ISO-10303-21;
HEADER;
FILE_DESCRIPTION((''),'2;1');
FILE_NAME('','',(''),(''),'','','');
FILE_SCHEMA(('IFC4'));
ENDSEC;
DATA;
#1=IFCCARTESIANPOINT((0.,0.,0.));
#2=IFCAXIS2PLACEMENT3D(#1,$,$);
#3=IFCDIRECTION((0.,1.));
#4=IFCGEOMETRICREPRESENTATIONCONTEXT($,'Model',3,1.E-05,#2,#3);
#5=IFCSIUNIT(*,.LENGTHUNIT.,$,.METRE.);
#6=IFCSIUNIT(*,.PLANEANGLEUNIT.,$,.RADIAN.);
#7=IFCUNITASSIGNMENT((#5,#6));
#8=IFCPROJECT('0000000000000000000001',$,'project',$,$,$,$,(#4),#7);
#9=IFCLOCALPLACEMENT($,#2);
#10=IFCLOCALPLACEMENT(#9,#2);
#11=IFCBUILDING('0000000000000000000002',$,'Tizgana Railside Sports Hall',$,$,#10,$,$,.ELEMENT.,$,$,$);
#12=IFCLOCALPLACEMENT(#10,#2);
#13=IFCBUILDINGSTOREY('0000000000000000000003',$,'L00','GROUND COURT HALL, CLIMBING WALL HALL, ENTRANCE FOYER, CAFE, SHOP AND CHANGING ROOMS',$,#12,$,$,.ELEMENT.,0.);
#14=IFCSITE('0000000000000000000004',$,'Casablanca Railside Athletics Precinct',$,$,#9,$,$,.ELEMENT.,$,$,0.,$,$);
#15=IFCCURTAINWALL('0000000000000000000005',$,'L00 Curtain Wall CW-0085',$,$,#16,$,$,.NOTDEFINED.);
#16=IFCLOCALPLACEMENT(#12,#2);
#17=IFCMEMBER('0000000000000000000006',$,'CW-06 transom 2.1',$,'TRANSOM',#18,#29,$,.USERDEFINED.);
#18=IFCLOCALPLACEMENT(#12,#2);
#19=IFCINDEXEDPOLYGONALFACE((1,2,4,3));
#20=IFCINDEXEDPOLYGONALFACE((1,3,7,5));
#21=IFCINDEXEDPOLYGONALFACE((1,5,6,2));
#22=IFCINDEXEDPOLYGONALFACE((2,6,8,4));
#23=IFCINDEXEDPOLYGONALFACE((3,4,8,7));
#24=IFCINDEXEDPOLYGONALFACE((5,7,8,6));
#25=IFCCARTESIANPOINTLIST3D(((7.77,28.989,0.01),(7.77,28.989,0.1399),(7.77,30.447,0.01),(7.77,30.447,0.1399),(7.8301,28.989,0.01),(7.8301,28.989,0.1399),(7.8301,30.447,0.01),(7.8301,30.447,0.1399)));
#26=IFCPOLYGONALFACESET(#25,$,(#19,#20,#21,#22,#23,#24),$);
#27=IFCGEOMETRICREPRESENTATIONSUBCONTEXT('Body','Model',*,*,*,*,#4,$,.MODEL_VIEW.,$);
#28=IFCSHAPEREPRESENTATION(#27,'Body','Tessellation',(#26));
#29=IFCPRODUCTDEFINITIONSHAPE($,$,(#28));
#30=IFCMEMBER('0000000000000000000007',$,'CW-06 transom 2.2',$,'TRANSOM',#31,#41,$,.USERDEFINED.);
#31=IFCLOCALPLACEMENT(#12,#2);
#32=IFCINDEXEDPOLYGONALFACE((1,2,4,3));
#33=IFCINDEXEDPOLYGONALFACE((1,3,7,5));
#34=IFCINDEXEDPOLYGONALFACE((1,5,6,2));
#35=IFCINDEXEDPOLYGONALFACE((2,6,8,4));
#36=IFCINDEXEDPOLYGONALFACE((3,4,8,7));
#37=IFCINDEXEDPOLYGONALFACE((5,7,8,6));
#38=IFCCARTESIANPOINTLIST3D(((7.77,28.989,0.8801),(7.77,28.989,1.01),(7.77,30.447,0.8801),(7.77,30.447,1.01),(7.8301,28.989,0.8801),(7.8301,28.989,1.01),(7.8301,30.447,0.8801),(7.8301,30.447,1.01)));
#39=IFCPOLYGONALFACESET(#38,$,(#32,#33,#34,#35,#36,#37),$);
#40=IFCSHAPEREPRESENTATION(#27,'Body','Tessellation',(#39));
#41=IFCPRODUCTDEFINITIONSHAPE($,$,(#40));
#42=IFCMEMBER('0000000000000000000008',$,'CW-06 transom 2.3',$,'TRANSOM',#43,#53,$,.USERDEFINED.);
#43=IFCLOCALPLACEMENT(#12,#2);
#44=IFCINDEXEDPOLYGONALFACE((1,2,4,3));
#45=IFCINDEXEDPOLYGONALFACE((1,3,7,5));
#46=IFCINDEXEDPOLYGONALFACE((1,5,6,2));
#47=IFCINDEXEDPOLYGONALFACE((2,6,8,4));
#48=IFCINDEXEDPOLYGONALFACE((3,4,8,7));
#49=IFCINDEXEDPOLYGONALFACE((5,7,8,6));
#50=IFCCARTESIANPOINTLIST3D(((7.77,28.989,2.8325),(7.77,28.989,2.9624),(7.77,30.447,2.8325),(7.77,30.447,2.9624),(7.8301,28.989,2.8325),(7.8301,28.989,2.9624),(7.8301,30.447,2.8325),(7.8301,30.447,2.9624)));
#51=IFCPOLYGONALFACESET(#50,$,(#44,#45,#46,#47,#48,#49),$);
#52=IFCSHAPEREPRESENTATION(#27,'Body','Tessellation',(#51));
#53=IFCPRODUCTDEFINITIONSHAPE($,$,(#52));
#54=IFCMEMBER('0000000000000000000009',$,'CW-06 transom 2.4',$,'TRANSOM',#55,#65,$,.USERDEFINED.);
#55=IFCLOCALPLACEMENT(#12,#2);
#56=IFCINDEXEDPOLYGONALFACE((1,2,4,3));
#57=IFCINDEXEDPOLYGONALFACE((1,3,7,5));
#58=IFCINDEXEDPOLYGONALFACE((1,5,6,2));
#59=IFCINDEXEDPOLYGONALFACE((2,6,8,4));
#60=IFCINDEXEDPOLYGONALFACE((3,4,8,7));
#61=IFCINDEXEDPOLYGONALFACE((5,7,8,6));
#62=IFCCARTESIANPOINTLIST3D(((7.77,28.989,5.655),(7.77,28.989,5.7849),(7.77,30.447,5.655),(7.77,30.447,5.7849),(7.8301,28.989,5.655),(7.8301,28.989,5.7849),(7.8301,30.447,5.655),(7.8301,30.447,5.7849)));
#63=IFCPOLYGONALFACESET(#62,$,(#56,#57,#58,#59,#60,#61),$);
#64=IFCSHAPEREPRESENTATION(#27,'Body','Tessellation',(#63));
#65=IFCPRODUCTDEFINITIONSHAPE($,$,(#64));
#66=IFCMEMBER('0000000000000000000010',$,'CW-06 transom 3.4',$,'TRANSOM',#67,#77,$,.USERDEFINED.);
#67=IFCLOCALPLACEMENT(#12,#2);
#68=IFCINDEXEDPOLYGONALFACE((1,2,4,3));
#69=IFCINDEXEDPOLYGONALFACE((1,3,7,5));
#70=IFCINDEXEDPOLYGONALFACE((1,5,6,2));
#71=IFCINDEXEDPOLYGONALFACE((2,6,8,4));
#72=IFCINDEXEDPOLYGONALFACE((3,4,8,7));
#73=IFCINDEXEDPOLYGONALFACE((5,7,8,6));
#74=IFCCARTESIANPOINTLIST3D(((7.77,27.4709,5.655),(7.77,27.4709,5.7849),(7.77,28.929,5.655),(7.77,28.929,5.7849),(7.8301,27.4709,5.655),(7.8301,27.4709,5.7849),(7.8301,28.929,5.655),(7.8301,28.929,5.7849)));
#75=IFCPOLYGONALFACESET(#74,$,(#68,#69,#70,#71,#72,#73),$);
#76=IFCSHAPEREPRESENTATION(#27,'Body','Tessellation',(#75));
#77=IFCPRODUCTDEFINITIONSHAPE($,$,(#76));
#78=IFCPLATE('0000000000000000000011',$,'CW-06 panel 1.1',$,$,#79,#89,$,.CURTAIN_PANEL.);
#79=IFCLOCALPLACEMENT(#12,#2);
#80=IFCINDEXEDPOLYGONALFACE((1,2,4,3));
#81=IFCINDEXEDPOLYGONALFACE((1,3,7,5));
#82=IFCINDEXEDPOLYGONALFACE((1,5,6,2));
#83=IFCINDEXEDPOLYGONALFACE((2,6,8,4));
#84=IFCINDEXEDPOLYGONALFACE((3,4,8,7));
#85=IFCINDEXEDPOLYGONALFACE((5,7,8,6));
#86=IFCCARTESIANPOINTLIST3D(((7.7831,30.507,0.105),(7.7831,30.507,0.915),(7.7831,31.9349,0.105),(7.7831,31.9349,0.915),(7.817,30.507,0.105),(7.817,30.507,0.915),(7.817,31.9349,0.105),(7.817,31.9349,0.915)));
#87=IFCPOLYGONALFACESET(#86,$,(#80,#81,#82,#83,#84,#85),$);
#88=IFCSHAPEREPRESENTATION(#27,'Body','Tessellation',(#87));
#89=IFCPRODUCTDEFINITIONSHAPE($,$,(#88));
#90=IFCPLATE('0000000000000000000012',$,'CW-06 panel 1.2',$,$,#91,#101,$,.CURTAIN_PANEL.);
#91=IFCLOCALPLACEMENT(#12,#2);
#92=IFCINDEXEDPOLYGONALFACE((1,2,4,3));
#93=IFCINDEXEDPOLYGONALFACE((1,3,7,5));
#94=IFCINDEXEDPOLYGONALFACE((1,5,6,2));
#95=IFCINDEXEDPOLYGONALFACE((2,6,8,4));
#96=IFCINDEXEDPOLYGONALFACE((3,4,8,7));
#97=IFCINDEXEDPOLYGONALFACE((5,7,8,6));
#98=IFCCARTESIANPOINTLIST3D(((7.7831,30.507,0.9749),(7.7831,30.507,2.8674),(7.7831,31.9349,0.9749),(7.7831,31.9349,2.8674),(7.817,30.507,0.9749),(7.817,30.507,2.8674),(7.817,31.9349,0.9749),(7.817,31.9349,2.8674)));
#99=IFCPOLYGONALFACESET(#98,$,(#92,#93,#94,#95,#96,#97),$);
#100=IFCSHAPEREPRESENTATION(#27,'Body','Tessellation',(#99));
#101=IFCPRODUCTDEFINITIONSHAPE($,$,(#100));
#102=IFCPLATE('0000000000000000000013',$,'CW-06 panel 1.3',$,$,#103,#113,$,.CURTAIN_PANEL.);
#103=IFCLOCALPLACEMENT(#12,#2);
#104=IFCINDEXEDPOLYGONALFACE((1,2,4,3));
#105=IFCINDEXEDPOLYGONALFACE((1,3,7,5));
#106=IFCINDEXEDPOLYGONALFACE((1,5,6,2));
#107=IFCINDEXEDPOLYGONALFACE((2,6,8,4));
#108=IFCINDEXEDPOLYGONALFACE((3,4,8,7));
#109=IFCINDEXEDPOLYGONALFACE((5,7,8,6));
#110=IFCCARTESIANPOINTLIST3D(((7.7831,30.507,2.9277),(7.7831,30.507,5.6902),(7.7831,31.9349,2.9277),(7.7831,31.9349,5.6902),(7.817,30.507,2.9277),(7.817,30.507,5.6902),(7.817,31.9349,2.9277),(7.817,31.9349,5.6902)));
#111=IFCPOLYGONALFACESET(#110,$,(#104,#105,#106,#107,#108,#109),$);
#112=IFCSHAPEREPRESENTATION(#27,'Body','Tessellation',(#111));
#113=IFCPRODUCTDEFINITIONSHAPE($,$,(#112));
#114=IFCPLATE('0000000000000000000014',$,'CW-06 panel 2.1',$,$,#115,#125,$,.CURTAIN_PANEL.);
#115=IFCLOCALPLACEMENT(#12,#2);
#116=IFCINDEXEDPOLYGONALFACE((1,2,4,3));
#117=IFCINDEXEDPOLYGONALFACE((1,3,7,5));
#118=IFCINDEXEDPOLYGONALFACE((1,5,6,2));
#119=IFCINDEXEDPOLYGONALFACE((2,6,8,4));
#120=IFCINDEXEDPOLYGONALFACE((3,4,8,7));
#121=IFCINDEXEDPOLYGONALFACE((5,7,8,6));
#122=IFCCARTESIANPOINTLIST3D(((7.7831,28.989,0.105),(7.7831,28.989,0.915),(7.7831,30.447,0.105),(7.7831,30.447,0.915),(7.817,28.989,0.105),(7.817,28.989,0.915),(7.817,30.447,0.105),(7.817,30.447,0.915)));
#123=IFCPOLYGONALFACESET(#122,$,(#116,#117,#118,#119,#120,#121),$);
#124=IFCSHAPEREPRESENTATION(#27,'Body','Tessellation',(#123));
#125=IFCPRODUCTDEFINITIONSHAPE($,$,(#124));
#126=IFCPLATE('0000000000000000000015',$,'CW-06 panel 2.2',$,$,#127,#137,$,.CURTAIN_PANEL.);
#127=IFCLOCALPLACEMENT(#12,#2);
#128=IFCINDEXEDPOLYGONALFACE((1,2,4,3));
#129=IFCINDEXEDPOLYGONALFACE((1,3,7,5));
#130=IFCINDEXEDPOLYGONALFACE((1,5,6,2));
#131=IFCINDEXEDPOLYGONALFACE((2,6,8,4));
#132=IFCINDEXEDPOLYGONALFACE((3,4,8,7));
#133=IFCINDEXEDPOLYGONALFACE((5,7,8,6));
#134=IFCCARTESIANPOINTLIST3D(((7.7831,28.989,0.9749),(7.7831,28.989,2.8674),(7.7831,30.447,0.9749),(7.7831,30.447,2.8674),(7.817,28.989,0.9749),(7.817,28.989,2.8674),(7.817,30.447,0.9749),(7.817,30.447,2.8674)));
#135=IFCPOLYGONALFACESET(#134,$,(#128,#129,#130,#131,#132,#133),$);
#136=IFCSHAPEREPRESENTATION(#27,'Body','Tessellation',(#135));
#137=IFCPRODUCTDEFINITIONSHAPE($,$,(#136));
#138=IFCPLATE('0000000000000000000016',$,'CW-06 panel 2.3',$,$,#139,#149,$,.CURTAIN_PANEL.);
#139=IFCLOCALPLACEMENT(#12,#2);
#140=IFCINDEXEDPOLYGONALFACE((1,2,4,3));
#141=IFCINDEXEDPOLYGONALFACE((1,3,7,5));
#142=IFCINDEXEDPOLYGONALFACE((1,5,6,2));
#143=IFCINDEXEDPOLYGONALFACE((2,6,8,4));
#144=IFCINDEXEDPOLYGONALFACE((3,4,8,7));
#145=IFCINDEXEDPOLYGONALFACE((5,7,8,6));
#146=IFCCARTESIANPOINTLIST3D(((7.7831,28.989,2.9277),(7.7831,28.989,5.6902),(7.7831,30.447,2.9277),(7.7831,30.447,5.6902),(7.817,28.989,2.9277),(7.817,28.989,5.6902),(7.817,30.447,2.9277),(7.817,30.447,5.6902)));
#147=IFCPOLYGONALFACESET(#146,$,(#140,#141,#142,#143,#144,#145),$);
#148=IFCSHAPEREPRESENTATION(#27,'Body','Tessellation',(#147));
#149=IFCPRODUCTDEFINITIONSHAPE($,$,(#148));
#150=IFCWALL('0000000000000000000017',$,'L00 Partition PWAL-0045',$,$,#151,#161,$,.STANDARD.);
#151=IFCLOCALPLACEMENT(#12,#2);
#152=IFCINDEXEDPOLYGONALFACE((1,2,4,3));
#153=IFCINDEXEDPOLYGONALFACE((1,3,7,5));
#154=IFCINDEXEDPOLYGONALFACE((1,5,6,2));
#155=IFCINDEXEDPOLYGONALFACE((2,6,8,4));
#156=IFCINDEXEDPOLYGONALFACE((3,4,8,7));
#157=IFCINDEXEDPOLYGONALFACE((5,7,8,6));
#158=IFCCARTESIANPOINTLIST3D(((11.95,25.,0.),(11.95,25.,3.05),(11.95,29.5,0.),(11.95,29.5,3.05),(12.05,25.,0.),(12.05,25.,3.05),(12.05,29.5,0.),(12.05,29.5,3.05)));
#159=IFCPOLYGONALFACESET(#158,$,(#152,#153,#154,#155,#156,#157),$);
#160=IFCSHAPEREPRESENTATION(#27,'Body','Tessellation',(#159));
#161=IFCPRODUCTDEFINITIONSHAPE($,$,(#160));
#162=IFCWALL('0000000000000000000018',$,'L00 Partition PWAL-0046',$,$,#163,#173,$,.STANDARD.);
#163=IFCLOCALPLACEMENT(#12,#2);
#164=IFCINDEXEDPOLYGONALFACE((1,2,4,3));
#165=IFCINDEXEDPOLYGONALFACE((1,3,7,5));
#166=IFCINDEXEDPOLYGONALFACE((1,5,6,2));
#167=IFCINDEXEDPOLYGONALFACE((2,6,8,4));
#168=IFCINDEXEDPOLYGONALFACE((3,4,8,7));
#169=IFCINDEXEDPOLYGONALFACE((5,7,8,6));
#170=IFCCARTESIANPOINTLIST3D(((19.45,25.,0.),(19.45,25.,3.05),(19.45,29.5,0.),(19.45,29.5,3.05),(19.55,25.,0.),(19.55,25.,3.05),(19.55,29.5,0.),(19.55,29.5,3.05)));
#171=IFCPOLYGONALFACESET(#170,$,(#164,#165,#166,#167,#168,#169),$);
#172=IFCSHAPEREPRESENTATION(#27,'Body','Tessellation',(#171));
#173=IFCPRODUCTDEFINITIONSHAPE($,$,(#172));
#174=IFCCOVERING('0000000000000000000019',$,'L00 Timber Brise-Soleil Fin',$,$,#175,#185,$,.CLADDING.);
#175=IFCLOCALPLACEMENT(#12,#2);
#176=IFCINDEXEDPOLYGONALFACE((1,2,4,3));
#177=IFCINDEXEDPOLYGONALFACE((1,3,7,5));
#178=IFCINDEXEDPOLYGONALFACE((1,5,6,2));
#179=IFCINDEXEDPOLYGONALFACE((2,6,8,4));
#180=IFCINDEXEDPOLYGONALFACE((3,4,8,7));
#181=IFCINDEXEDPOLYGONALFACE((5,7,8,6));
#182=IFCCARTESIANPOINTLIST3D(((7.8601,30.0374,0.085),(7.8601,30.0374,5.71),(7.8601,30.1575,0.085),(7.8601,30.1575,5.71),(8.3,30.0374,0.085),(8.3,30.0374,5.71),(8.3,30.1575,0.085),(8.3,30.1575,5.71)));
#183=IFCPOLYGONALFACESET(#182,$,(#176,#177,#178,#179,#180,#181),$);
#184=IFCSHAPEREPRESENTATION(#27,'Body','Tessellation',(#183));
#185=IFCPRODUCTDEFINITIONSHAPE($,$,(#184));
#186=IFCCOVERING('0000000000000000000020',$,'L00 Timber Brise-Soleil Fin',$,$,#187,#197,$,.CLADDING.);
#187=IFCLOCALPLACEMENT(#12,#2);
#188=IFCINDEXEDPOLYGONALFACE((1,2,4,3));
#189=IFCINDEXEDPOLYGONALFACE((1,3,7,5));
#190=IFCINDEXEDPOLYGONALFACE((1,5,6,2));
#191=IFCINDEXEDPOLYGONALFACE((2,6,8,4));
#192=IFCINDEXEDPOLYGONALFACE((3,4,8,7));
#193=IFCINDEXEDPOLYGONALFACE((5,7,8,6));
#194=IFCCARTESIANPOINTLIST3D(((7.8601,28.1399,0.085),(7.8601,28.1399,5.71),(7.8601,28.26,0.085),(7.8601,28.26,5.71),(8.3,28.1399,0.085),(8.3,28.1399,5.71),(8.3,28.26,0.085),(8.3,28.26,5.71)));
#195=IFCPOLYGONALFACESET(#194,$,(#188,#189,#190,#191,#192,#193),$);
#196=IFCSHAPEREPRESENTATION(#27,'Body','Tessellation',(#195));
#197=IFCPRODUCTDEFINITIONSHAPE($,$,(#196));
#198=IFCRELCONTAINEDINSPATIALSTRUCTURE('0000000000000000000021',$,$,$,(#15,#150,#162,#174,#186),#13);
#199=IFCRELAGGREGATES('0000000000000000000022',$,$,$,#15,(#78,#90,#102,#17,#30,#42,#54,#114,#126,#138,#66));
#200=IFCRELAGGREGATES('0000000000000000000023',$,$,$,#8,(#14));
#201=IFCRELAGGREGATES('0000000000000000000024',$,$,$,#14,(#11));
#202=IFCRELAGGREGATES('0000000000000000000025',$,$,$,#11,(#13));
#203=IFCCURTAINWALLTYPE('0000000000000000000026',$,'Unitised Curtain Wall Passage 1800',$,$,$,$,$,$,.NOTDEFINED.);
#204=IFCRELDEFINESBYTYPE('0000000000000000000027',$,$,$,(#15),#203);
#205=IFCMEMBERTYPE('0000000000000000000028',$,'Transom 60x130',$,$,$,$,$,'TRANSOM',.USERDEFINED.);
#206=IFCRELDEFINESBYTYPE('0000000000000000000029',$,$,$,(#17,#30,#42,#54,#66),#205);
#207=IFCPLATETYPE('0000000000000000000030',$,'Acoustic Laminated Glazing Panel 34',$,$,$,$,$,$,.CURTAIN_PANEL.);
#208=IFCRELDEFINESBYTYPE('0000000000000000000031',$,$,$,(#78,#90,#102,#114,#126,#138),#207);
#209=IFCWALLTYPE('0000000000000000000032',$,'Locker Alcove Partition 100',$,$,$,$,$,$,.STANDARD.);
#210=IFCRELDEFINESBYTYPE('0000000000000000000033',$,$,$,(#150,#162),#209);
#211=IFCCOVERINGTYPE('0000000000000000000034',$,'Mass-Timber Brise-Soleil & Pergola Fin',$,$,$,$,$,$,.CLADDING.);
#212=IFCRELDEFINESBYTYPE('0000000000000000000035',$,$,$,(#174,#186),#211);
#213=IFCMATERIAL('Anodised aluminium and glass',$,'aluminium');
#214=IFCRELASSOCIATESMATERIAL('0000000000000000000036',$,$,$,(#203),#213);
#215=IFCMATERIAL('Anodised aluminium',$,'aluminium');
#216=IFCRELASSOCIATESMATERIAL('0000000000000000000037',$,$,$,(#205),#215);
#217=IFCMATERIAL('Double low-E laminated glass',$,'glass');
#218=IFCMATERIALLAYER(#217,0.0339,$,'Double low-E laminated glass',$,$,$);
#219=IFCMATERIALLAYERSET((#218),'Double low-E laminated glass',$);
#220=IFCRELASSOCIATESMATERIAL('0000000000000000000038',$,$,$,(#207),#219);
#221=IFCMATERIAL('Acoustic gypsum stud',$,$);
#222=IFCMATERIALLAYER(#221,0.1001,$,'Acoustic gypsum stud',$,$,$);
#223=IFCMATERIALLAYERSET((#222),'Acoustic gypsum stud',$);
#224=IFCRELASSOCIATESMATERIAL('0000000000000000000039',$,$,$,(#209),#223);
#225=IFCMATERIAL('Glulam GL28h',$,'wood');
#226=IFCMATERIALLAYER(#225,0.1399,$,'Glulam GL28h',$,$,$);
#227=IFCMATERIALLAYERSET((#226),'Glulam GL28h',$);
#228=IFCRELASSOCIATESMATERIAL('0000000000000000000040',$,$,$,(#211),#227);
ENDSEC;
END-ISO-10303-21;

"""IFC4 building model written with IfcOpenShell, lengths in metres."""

from ifc_helpers import new_model, si_unit, direction, frame, frame_2d, origin, origin_2d, place, context, subcontext, project, spatial, rectangle, extrude, material, layer, layer_set, material_profile, profile_set, type_object, element, aggregate, save


model = new_model("IFC4")

# Units and contexts
model_context = context("Model", 3, precision=1e-05, world=origin(), true_north=direction((0.0, 1.0)))
body_context = subcontext(model_context, "Body", "Model", "MODEL_VIEW")
ifc_project = project(units=[si_unit("LENGTHUNIT", "METRE"), si_unit("PLANEANGLEUNIT", "RADIAN")], contexts=[model_context])

# Site, building, storey
site_placement = place(None, origin())
site = spatial("IfcSite", under=ifc_project, at=site_placement, Name="Casablanca Railside Athletics Precinct", CompositionType="ELEMENT", RefElevation=0.0)
building_placement = place(site_placement, origin())
building = spatial("IfcBuilding", under=site, at=building_placement, Name="Tizgana Railside Sports Hall", CompositionType="ELEMENT")
storey_placement = place(building_placement, origin())
storey = spatial("IfcBuildingStorey", under=building, at=storey_placement, Name="L00", Description="GROUND COURT HALL, CLIMBING WALL HALL, ENTRANCE FOYER, CAFE, SHOP AND CHANGING ROOMS", CompositionType="ELEMENT", Elevation=0.0)

# Curtain wall
ifc_material_1 = material(Name="Anodised aluminium and glass", Category="aluminium")
curtain_wall_type = type_object("IfcCurtainWallType", Name="Unitised Curtain Wall Passage 1800", PredefinedType="NOTDEFINED", material=ifc_material_1)
curtain_wall_placement = place(storey_placement, origin())
curtain_wall = element("IfcCurtainWall", 1, at=curtain_wall_placement, inside=storey, type_object=curtain_wall_type, Name="L00 Curtain Wall CW-0085", PredefinedType="NOTDEFINED")
ifc_material_2 = material(Name="Anodised aluminium", Category="aluminium")

# Members
ifc_material_profile_1 = material_profile(ifc_material_2, rectangle(XDim=0.0601, YDim=0.1299, at=origin_2d()), Name="Transom 60x130")
ifc_profile_set_1 = profile_set([ifc_material_profile_1], Name="Anodised aluminium")
member_type_1 = type_object("IfcMemberType", Name="Transom 60x130", ElementType="TRANSOM", PredefinedType="USERDEFINED", material=ifc_profile_set_1)
member_1_placement = place(storey_placement, frame((7.8, 30.447, 0.075), z_axis=(0.0, -1.0, 0.0), x_axis=(1.0, 0.0, 0.0)))
member_1 = element("IfcMember", 2, at=member_1_placement, type_object=member_type_1, Name="CW-06 transom 2.1", ObjectType="TRANSOM", PredefinedType="USERDEFINED", context=body_context, shape_type="SweptSolid", body=[
    extrude(rectangle(XDim=0.0601, YDim=0.1299, at=origin_2d()), origin(), (0.0, 0.0, 1.0), 1.458),
])
member_2_placement = place(storey_placement, frame((7.8, 30.447, 0.9451), z_axis=(0.0, -1.0, 0.0), x_axis=(1.0, 0.0, 0.0)))
member_2 = element("IfcMember", 3, at=member_2_placement, type_object=member_type_1, Name="CW-06 transom 2.2", ObjectType="TRANSOM", PredefinedType="USERDEFINED", context=body_context, shape_type="SweptSolid", body=[
    extrude(rectangle(XDim=0.0601, YDim=0.1299, at=origin_2d()), origin(), (0.0, 0.0, 1.0), 1.458),
])
member_3_placement = place(storey_placement, frame((7.8, 30.447, 2.8975), z_axis=(0.0, -1.0, 0.0), x_axis=(1.0, 0.0, 0.0)))
member_3 = element("IfcMember", 4, at=member_3_placement, type_object=member_type_1, Name="CW-06 transom 2.3", ObjectType="TRANSOM", PredefinedType="USERDEFINED", context=body_context, shape_type="SweptSolid", body=[
    extrude(rectangle(XDim=0.0601, YDim=0.1299, at=origin_2d()), origin(), (0.0, 0.0, 1.0), 1.458),
])
member_4_placement = place(storey_placement, frame((7.8, 30.447, 5.72), z_axis=(0.0, -1.0, 0.0), x_axis=(1.0, 0.0, 0.0)))
member_4 = element("IfcMember", 5, at=member_4_placement, type_object=member_type_1, Name="CW-06 transom 2.4", ObjectType="TRANSOM", PredefinedType="USERDEFINED", context=body_context, shape_type="SweptSolid", body=[
    extrude(rectangle(XDim=0.0601, YDim=0.1299, at=origin_2d()), origin(), (0.0, 0.0, 1.0), 1.458),
])
member_5_placement = place(storey_placement, frame((7.8, 28.929, 5.72), z_axis=(0.0, -1.0, 0.0), x_axis=(1.0, 0.0, 0.0)))
member_5 = element("IfcMember", 6, at=member_5_placement, type_object=member_type_1, Name="CW-06 transom 3.4", ObjectType="TRANSOM", PredefinedType="USERDEFINED", context=body_context, shape_type="SweptSolid", body=[
    extrude(rectangle(XDim=0.0601, YDim=0.1299, at=origin_2d()), origin(), (0.0, 0.0, 1.0), 1.458),
])

# Plates
ifc_material_3 = material(Name="Double low-E laminated glass", Category="glass")
ifc_layer_1 = layer(ifc_material_3, 0.0339, Name="Double low-E laminated glass")
ifc_layer_set_1 = layer_set([ifc_layer_1], Name="Double low-E laminated glass")
plate_type = type_object("IfcPlateType", Name="Acoustic Laminated Glazing Panel 34", PredefinedType="CURTAIN_PANEL", material=ifc_layer_set_1)
plate_1_placement = place(storey_placement, frame((7.8, 31.2209, 0.105), z_axis=(0.0, 0.0, 1.0), x_axis=(0.0, -1.0, 0.0)))
plate_1 = element("IfcPlate", 7, at=plate_1_placement, type_object=plate_type, Name="CW-06 panel 1.1", PredefinedType="CURTAIN_PANEL", context=body_context, shape_type="SweptSolid", body=[
    extrude(rectangle(XDim=1.428, YDim=0.0339, at=origin_2d()), origin(), (0.0, 0.0, 1.0), 0.8101),
])
plate_2_placement = place(storey_placement, frame((7.8, 31.2209, 0.9749), z_axis=(0.0, 0.0, 1.0), x_axis=(0.0, -1.0, 0.0)))
plate_2 = element("IfcPlate", 8, at=plate_2_placement, type_object=plate_type, Name="CW-06 panel 1.2", PredefinedType="CURTAIN_PANEL", context=body_context, shape_type="SweptSolid", body=[
    extrude(rectangle(XDim=1.428, YDim=0.0339, at=origin_2d()), origin(), (0.0, 0.0, 1.0), 1.8926),
])
plate_3_placement = place(storey_placement, frame((7.8, 31.2209, 2.9277), z_axis=(0.0, 0.0, 1.0), x_axis=(0.0, -1.0, 0.0)))
plate_3 = element("IfcPlate", 9, at=plate_3_placement, type_object=plate_type, Name="CW-06 panel 1.3", PredefinedType="CURTAIN_PANEL", context=body_context, shape_type="SweptSolid", body=[
    extrude(rectangle(XDim=1.428, YDim=0.0339, at=origin_2d()), origin(), (0.0, 0.0, 1.0), 2.7625),
])
plate_4_placement = place(storey_placement, frame((7.8, 29.718, 0.105), z_axis=(0.0, 0.0, 1.0), x_axis=(0.0, -1.0, 0.0)))
plate_4 = element("IfcPlate", 10, at=plate_4_placement, type_object=plate_type, Name="CW-06 panel 2.1", PredefinedType="CURTAIN_PANEL", context=body_context, shape_type="SweptSolid", body=[
    extrude(rectangle(XDim=1.458, YDim=0.0339, at=origin_2d()), origin(), (0.0, 0.0, 1.0), 0.8101),
])
plate_5_placement = place(storey_placement, frame((7.8, 29.718, 0.9749), z_axis=(0.0, 0.0, 1.0), x_axis=(0.0, -1.0, 0.0)))
plate_5 = element("IfcPlate", 11, at=plate_5_placement, type_object=plate_type, Name="CW-06 panel 2.2", PredefinedType="CURTAIN_PANEL", context=body_context, shape_type="SweptSolid", body=[
    extrude(rectangle(XDim=1.458, YDim=0.0339, at=origin_2d()), origin(), (0.0, 0.0, 1.0), 1.8926),
])
plate_6_placement = place(storey_placement, frame((7.8, 29.718, 2.9277), z_axis=(0.0, 0.0, 1.0), x_axis=(0.0, -1.0, 0.0)))
plate_6 = element("IfcPlate", 12, at=plate_6_placement, type_object=plate_type, Name="CW-06 panel 2.3", PredefinedType="CURTAIN_PANEL", context=body_context, shape_type="SweptSolid", body=[
    extrude(rectangle(XDim=1.458, YDim=0.0339, at=origin_2d()), origin(), (0.0, 0.0, 1.0), 2.7625),
])
aggregate(curtain_wall, [plate_1, plate_2, plate_3, member_1, member_2, member_3, member_4, plate_4, plate_5, plate_6, member_5])

# Walls
ifc_material_4 = material(Name="Acoustic gypsum stud")
ifc_layer_2 = layer(ifc_material_4, 0.1001, Name="Acoustic gypsum stud")
ifc_layer_set_2 = layer_set([ifc_layer_2], Name="Acoustic gypsum stud")
wall_type = type_object("IfcWallType", Name="Locker Alcove Partition 100", PredefinedType="STANDARD", material=ifc_layer_set_2)
for number, where, z_axis, x_axis, name in (
    (13, (12.0, 25.0, 0.0), (0.0, 0.0, 1.0), (0.0, 1.0, 0.0), "L00 Partition PWAL-0045"),
    (14, (19.5, 25.0, 0.0), (0.0, 0.0, 1.0), (0.0, 1.0, 0.0), "L00 Partition PWAL-0046"),
):
    element("IfcWall", number, at=place(storey_placement, frame(where, z_axis=z_axis, x_axis=x_axis)), inside=storey, type_object=wall_type, Name=name, PredefinedType="STANDARD", context=body_context, shape_type="SweptSolid", body=[
        extrude(rectangle(XDim=4.5, YDim=0.1001, at=frame_2d((2.25, 0.0))), origin(), (0.0, 0.0, 1.0), 3.05),
    ])

# Coverings
ifc_material_5 = material(Name="Glulam GL28h", Category="wood")
ifc_layer_3 = layer(ifc_material_5, 0.1399, Name="Glulam GL28h")
ifc_layer_set_3 = layer_set([ifc_layer_3], Name="Glulam GL28h")
covering_type = type_object("IfcCoveringType", Name="Mass-Timber Brise-Soleil & Pergola Fin", PredefinedType="CLADDING", material=ifc_layer_set_3)
for number, where, z_axis, x_axis, name in (
    (15, (8.0801, 30.0974, 0.085), (0.0, 0.0, 1.0), (0.0, -1.0, 0.0), "L00 Timber Brise-Soleil Fin"),
    (16, (8.0801, 28.2, 0.085), (0.0, 0.0, 1.0), (0.0, -1.0, 0.0), "L00 Timber Brise-Soleil Fin"),
):
    element("IfcCovering", number, at=place(storey_placement, frame(where, z_axis=z_axis, x_axis=x_axis)), inside=storey, type_object=covering_type, Name=name, PredefinedType="CLADDING", context=body_context, shape_type="SweptSolid", body=[
        extrude(rectangle(XDim=0.1201, YDim=0.4399, at=origin_2d()), origin(), (0.0, 0.0, 1.0), 5.625),
    ])

save(model, "model.ifc")
